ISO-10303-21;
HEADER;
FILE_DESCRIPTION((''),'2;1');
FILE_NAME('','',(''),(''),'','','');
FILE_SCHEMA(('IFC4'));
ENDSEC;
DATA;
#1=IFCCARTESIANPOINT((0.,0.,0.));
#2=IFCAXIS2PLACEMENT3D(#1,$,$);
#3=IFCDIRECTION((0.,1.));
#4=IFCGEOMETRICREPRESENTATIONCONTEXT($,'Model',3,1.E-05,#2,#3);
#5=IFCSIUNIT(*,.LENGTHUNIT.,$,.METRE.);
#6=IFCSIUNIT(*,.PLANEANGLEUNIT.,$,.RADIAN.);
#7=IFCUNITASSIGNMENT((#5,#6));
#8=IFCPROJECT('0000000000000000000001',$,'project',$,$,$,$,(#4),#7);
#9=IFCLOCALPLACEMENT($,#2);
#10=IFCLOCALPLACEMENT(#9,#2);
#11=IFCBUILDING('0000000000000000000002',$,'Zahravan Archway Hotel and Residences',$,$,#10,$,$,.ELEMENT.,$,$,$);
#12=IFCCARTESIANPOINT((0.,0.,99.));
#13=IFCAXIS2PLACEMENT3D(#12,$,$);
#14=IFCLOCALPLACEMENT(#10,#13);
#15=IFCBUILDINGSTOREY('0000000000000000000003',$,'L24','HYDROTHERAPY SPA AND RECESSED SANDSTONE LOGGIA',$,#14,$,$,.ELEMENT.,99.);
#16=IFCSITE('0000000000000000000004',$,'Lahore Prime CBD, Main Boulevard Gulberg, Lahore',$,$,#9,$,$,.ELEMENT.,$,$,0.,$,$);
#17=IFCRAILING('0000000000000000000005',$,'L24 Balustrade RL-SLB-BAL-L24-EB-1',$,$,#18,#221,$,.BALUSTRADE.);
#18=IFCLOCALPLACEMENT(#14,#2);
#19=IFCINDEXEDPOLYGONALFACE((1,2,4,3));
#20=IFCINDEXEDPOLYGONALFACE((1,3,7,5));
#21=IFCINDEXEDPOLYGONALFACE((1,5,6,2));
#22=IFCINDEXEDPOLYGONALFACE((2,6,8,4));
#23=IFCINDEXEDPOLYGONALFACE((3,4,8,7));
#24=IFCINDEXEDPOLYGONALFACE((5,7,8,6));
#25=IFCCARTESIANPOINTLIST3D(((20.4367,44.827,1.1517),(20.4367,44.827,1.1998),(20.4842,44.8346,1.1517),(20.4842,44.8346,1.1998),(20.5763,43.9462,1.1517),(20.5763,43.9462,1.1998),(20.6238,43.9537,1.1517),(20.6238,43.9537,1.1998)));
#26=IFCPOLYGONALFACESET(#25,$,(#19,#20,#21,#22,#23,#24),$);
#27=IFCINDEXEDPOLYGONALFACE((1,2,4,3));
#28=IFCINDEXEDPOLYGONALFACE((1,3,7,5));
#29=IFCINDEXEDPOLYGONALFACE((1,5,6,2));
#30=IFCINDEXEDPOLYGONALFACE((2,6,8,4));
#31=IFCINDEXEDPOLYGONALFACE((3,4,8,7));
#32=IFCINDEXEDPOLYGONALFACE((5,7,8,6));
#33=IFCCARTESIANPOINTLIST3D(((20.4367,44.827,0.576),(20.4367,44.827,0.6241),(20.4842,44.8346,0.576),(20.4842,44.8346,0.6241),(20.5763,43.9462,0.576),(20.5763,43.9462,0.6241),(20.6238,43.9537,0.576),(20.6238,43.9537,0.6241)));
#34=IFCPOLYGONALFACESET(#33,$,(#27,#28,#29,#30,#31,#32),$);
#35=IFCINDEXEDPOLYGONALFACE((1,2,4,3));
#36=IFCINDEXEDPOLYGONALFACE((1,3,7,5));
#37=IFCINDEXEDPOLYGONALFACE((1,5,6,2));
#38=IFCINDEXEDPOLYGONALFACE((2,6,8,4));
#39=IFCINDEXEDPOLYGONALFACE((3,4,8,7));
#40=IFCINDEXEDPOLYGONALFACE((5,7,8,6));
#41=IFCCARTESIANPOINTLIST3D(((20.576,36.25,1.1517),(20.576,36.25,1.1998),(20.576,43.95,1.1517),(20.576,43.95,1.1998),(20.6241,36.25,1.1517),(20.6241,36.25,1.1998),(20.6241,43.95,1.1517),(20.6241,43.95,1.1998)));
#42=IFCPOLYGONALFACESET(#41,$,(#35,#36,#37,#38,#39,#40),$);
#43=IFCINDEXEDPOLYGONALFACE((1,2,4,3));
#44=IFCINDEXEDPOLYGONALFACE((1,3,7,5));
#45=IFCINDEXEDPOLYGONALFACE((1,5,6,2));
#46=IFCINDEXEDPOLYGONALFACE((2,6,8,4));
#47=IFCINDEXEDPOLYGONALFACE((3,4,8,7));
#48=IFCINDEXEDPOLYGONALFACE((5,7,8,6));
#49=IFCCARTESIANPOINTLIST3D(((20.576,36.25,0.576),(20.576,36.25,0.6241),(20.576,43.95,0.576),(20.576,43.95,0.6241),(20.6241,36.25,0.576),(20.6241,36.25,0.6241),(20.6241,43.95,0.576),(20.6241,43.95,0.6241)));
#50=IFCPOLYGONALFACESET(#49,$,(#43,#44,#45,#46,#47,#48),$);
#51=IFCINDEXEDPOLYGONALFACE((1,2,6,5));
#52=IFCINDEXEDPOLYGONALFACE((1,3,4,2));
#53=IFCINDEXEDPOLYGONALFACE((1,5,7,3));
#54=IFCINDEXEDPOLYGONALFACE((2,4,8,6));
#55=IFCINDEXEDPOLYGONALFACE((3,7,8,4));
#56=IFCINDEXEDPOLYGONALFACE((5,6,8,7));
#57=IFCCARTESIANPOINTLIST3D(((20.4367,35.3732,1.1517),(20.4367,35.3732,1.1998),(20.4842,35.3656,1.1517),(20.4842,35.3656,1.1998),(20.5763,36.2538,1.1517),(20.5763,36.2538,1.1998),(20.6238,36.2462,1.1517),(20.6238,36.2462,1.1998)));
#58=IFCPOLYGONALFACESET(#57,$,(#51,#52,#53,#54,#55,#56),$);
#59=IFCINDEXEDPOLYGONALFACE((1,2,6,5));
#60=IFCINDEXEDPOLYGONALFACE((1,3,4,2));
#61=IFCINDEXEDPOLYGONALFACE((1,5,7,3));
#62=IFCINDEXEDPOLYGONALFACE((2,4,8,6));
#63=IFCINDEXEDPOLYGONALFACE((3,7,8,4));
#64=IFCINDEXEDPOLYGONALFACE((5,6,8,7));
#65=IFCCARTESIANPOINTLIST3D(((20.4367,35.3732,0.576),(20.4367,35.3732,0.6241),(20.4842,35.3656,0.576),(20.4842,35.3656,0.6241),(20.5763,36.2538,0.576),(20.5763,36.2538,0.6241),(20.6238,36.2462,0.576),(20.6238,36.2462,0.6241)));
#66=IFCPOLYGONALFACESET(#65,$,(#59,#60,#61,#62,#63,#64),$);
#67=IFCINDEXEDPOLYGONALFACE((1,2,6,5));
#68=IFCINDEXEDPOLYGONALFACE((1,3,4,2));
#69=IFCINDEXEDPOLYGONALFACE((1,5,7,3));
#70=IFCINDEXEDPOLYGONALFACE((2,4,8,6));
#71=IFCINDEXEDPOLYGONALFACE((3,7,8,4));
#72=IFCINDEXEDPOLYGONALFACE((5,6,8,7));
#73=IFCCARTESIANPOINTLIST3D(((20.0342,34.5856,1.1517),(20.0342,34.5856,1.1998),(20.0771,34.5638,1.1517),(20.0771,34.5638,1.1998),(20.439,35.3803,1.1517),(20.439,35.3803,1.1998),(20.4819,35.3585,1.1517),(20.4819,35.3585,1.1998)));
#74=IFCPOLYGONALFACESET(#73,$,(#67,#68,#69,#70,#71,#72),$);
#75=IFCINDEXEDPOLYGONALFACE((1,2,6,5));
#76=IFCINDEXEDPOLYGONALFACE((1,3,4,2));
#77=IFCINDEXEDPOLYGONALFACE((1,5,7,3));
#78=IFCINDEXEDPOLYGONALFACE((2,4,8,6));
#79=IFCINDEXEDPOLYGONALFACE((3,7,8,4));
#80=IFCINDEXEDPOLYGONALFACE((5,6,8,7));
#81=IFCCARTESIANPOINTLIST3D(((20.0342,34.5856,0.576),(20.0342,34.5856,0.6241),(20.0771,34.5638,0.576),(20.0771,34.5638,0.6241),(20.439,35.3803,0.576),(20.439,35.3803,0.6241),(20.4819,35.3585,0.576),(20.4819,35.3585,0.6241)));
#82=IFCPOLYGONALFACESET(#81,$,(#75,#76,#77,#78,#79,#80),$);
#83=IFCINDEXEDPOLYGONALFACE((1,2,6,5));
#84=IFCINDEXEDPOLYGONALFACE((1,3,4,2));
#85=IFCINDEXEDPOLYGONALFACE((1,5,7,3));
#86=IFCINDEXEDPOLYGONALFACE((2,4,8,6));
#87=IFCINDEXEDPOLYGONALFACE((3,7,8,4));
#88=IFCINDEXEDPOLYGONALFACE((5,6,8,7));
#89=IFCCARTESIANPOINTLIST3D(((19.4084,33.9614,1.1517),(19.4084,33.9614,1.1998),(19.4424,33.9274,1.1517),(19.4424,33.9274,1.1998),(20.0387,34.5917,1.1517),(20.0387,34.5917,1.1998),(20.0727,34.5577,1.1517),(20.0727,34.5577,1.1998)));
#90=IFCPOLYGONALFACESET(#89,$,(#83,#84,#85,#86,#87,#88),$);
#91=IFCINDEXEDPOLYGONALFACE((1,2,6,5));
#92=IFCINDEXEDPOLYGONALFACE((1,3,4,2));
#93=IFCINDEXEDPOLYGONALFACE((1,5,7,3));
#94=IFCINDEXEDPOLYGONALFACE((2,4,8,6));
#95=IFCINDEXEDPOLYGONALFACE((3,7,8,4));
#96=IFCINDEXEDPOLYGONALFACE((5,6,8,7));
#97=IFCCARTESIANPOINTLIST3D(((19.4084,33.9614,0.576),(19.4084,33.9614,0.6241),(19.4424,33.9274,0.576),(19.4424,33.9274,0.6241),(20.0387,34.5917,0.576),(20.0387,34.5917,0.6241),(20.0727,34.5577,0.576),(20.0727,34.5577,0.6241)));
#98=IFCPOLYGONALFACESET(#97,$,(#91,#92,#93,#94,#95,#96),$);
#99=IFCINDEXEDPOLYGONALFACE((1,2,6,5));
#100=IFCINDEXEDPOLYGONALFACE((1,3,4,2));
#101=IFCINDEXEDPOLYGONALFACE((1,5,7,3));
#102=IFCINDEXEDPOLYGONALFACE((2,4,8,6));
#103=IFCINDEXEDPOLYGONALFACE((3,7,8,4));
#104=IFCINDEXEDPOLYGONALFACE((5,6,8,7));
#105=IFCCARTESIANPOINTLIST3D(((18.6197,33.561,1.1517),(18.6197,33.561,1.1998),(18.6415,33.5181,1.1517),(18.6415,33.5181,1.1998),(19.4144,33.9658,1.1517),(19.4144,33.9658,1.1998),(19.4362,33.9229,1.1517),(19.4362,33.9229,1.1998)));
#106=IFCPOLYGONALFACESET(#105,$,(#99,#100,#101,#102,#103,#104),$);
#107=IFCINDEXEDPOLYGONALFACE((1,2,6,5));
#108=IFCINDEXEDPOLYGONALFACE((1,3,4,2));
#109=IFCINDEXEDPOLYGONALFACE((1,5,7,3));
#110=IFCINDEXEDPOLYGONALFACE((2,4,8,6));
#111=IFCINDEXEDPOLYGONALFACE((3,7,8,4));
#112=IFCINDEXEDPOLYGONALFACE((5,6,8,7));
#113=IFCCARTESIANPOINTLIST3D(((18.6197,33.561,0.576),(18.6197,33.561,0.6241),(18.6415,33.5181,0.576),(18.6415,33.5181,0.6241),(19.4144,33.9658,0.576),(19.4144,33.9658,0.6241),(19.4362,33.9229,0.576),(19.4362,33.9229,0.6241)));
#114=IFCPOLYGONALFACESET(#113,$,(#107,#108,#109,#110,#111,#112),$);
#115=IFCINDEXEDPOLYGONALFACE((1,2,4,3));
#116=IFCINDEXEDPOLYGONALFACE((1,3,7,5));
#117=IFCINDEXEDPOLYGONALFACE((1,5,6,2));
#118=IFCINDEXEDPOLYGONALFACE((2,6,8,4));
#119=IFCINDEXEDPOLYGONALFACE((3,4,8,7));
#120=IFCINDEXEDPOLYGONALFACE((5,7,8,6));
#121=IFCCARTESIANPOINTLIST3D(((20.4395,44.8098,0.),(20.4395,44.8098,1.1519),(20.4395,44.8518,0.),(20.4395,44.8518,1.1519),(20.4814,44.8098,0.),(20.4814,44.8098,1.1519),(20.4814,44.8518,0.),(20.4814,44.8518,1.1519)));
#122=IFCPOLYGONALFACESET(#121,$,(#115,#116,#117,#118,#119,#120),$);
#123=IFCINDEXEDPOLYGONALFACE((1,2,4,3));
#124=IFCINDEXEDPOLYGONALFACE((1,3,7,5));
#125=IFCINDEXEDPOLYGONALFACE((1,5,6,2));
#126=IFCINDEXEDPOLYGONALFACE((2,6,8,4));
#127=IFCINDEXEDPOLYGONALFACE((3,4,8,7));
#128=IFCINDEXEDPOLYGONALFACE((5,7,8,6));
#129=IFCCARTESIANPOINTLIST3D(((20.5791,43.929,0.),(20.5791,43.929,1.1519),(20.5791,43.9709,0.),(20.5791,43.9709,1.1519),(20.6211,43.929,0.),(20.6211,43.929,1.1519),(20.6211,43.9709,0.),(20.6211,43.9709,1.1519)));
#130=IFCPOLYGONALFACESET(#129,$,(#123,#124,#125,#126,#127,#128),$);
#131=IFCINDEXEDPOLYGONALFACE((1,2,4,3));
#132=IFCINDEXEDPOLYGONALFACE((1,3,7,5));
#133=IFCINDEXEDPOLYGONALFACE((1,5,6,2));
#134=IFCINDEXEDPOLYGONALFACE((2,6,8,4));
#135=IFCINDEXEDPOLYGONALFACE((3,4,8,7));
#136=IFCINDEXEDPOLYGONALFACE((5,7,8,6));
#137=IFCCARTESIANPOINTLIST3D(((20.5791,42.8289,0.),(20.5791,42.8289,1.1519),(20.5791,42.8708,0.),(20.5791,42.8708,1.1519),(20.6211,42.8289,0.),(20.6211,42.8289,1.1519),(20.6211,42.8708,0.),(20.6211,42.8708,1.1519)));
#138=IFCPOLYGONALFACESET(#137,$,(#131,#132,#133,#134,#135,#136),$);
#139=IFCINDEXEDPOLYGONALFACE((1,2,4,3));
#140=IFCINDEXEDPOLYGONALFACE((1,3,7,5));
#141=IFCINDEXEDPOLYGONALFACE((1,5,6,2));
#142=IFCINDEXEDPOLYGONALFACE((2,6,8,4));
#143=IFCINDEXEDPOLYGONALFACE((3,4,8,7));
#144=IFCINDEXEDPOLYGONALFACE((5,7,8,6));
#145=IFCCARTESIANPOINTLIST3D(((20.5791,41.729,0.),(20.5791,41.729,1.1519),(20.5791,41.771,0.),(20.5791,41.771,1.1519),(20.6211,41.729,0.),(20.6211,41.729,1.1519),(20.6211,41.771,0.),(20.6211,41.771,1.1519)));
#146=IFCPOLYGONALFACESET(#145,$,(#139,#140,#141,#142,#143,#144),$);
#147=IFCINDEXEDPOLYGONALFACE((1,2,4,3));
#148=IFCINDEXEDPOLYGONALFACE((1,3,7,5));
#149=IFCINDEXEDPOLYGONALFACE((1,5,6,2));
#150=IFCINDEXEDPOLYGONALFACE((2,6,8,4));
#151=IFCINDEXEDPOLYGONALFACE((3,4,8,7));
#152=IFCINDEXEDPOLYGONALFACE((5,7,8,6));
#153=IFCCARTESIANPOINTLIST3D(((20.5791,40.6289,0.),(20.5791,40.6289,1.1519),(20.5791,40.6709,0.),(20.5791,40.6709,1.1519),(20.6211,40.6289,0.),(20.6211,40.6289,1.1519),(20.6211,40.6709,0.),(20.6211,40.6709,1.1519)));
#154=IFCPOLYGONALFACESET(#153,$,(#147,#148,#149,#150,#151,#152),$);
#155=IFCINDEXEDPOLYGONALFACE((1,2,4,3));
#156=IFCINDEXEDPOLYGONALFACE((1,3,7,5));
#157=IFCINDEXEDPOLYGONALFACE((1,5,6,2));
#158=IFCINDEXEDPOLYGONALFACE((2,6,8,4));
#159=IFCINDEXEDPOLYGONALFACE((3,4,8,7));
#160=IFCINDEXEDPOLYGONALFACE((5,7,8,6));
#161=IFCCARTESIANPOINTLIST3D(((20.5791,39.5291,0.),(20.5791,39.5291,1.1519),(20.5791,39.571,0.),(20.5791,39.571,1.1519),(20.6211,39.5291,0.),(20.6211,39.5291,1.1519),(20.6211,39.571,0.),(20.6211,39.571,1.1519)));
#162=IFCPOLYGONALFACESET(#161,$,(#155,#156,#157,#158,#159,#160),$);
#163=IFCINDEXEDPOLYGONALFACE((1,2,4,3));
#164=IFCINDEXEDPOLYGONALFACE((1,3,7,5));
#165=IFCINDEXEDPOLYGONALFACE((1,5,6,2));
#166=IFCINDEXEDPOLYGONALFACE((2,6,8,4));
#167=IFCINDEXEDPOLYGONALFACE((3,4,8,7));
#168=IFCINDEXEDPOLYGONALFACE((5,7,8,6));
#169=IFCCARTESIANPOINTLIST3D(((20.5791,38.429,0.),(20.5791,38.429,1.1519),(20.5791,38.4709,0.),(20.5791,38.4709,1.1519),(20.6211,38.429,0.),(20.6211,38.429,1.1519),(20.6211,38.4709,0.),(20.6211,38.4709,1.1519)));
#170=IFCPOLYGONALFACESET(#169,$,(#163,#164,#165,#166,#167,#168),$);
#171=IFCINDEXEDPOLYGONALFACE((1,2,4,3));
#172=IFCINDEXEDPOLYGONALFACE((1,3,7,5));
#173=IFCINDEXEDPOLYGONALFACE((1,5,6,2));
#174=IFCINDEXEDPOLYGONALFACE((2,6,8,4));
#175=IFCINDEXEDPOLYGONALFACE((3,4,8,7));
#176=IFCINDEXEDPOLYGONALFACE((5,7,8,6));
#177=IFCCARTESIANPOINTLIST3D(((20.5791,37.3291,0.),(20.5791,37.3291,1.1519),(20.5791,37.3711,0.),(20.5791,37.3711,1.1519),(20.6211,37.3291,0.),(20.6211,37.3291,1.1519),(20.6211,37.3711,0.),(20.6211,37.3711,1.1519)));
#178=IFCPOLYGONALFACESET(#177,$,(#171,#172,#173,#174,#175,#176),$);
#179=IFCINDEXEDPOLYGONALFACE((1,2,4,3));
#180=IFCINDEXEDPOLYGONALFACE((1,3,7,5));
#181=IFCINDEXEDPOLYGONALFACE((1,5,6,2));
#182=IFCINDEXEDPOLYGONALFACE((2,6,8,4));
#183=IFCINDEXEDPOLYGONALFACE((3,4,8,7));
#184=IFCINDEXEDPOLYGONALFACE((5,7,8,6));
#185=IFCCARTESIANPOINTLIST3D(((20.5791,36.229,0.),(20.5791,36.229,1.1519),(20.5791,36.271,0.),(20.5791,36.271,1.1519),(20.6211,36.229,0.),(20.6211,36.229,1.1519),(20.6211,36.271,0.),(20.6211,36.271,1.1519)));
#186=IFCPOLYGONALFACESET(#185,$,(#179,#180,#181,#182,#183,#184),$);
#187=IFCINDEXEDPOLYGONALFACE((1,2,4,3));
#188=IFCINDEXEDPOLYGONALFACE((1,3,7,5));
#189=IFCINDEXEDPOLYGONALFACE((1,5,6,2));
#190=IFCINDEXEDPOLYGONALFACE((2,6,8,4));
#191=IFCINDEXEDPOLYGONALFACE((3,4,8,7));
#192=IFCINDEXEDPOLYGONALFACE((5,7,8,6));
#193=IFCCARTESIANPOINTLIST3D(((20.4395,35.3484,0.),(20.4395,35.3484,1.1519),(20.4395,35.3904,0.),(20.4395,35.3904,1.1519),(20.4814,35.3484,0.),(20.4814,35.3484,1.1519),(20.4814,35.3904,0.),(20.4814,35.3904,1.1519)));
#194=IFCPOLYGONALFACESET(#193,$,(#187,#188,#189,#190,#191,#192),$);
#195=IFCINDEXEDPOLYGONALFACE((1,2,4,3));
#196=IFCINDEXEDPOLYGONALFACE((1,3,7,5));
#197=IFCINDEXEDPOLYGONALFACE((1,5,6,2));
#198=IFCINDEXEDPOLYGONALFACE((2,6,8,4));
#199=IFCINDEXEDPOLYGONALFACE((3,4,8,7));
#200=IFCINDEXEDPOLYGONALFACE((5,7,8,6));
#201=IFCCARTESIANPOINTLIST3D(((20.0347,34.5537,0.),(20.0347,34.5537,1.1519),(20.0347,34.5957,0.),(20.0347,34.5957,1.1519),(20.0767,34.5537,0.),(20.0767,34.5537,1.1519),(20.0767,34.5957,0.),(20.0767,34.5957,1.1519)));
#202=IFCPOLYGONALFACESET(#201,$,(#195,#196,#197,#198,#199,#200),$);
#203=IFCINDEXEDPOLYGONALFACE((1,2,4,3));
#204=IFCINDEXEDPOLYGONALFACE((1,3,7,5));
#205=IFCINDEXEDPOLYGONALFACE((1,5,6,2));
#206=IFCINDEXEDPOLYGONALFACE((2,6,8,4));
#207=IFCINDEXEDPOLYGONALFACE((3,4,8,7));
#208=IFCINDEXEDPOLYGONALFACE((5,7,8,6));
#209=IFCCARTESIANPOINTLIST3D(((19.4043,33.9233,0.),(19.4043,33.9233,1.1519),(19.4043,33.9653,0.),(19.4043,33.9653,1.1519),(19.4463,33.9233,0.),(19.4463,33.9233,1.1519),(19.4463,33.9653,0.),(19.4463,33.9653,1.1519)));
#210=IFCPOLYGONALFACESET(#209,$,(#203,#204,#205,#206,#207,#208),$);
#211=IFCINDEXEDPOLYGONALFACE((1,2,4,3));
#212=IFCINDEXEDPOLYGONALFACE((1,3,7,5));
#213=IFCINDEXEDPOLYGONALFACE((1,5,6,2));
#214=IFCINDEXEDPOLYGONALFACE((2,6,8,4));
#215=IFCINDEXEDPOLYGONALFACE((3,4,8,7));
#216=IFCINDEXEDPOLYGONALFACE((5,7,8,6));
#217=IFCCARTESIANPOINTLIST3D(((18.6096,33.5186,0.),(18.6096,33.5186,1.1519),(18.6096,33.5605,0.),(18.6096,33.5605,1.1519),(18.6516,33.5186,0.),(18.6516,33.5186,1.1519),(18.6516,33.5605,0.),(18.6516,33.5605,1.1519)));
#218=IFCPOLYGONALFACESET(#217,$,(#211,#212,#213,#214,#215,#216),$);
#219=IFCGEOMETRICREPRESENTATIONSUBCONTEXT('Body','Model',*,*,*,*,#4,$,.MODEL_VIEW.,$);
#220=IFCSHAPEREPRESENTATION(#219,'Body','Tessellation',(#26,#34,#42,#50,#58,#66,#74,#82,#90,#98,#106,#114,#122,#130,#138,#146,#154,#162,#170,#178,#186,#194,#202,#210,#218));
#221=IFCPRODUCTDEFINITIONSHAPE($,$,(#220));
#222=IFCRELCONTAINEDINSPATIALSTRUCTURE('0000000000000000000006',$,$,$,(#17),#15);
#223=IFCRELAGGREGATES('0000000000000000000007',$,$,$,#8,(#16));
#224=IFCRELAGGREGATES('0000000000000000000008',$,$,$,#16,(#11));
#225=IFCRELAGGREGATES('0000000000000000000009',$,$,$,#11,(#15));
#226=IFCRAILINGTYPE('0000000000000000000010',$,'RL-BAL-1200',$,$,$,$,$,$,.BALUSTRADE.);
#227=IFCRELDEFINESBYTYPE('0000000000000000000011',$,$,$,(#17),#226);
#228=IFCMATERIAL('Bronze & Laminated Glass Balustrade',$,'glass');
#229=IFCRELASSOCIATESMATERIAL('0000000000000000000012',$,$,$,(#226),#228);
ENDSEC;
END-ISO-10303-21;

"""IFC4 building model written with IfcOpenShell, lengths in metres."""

from ifc_helpers import new_model, si_unit, direction, frame, origin, origin_2d, place, context, subcontext, project, spatial, rectangle, extrude, material, type_object, element, save


model = new_model("IFC4")

# Units and contexts
model_context = context("Model", 3, precision=1e-05, world=origin(), true_north=direction((0.0, 1.0)))
body_context = subcontext(model_context, "Body", "Model", "MODEL_VIEW")
ifc_project = project(units=[si_unit("LENGTHUNIT", "METRE"), si_unit("PLANEANGLEUNIT", "RADIAN")], contexts=[model_context])

# Site, building, storey
site_placement = place(None, origin())
site = spatial("IfcSite", under=ifc_project, at=site_placement, Name="Lahore Prime CBD, Main Boulevard Gulberg, Lahore", CompositionType="ELEMENT", RefElevation=0.0)
building_placement = place(site_placement, origin())
building = spatial("IfcBuilding", under=site, at=building_placement, Name="Zahravan Archway Hotel and Residences", CompositionType="ELEMENT")
storey_placement = place(building_placement, frame((0.0, 0.0, 99.0)))
storey = spatial("IfcBuildingStorey", under=building, at=storey_placement, Name="L24", Description="HYDROTHERAPY SPA AND RECESSED SANDSTONE LOGGIA", CompositionType="ELEMENT", Elevation=99.0)

# Railing
ifc_material_1 = material(Name="Bronze & Laminated Glass Balustrade", Category="glass")
railing_type = type_object("IfcRailingType", Name="RL-BAL-1200", PredefinedType="BALUSTRADE", material=ifc_material_1)
railing_placement = place(storey_placement, frame((20.4604, 44.8308, 0.0)))
element("IfcRailing", 1, at=railing_placement, inside=storey, type_object=railing_type, Name="L24 Balustrade RL-SLB-BAL-L24-EB-1", PredefinedType="BALUSTRADE", context=body_context, shape_type="SweptSolid", body=[
    extrude(rectangle(XDim=0.0481, YDim=0.0481, at=origin_2d()), frame((0.0, 0.0, 1.1758), z_axis=(0.156581, -0.987665, 0.0), x_axis=(0.987665, 0.156581, 0.0)), (0.0, 0.0, 1.0), 0.8918),
    extrude(rectangle(XDim=0.0481, YDim=0.0481, at=origin_2d()), frame((0.0, 0.0, 0.6001), z_axis=(0.156581, -0.987665, 0.0), x_axis=(0.987665, 0.156581, 0.0)), (0.0, 0.0, 1.0), 0.8918),
    extrude(rectangle(XDim=0.0481, YDim=0.0481, at=origin_2d()), frame((0.1396, -0.8809, 1.1758), z_axis=(0.0, -1.0, 0.0), x_axis=(1.0, 0.0, 0.0)), (0.0, 0.0, 1.0), 7.7),
    extrude(rectangle(XDim=0.0481, YDim=0.0481, at=origin_2d()), frame((0.1396, -0.8809, 0.6001), z_axis=(0.0, -1.0, 0.0), x_axis=(1.0, 0.0, 0.0)), (0.0, 0.0, 1.0), 7.7),
    extrude(rectangle(XDim=0.0481, YDim=0.0481, at=origin_2d()), frame((0.1396, -8.5808, 1.1758), z_axis=(-0.156623, -0.987658, 0.0), x_axis=(0.987658, -0.156623, 0.0)), (0.0, 0.0, 1.0), 0.8916),
    extrude(rectangle(XDim=0.0481, YDim=0.0481, at=origin_2d()), frame((0.1396, -8.5808, 0.6001), z_axis=(-0.156623, -0.987658, 0.0), x_axis=(0.987658, -0.156623, 0.0)), (0.0, 0.0, 1.0), 0.8916),
    extrude(rectangle(XDim=0.0481, YDim=0.0481, at=origin_2d()), frame((0.0, -9.4614, 1.1758), z_axis=(-0.453881, -0.891062, 0.0), x_axis=(0.891062, -0.453881, 0.0)), (0.0, 0.0, 1.0), 0.8918),
    extrude(rectangle(XDim=0.0481, YDim=0.0481, at=origin_2d()), frame((0.0, -9.4614, 0.6001), z_axis=(-0.453881, -0.891062, 0.0), x_axis=(0.891062, -0.453881, 0.0)), (0.0, 0.0, 1.0), 0.8918),
    extrude(rectangle(XDim=0.0481, YDim=0.0481, at=origin_2d()), frame((-0.4048, -10.2561, 1.1758), z_axis=(-0.707107, -0.707107, 0.0), x_axis=(0.707107, -0.707107, 0.0)), (0.0, 0.0, 1.0), 0.8914),
    extrude(rectangle(XDim=0.0481, YDim=0.0481, at=origin_2d()), frame((-0.4048, -10.2561, 0.6001), z_axis=(-0.707107, -0.707107, 0.0), x_axis=(0.707107, -0.707107, 0.0)), (0.0, 0.0, 1.0), 0.8914),
    extrude(rectangle(XDim=0.0481, YDim=0.0481, at=origin_2d()), frame((-1.0352, -10.8865, 1.1758), z_axis=(-0.891062, -0.453881, 0.0), x_axis=(0.453881, -0.891062, 0.0)), (0.0, 0.0, 1.0), 0.8918),
    extrude(rectangle(XDim=0.0481, YDim=0.0481, at=origin_2d()), frame((-1.0352, -10.8865, 0.6001), z_axis=(-0.891062, -0.453881, 0.0), x_axis=(0.453881, -0.891062, 0.0)), (0.0, 0.0, 1.0), 0.8918),
    extrude(rectangle(XDim=0.042, YDim=0.042, at=origin_2d()), origin(), (0.0, 0.0, 1.0), 1.1519),
    extrude(rectangle(XDim=0.042, YDim=0.042, at=origin_2d()), frame((0.1396, -0.8809, 0.0)), (0.0, 0.0, 1.0), 1.1519),
    extrude(rectangle(XDim=0.042, YDim=0.042, at=origin_2d()), frame((0.1396, -1.981, 0.0)), (0.0, 0.0, 1.0), 1.1519),
    extrude(rectangle(XDim=0.042, YDim=0.042, at=origin_2d()), frame((0.1396, -3.0808, 0.0)), (0.0, 0.0, 1.0), 1.1519),
    extrude(rectangle(XDim=0.042, YDim=0.042, at=origin_2d()), frame((0.1396, -4.1809, 0.0)), (0.0, 0.0, 1.0), 1.1519),
    extrude(rectangle(XDim=0.042, YDim=0.042, at=origin_2d()), frame((0.1396, -5.2808, 0.0)), (0.0, 0.0, 1.0), 1.1519),
    extrude(rectangle(XDim=0.042, YDim=0.042, at=origin_2d()), frame((0.1396, -6.3809, 0.0)), (0.0, 0.0, 1.0), 1.1519),
    extrude(rectangle(XDim=0.042, YDim=0.042, at=origin_2d()), frame((0.1396, -7.4807, 0.0)), (0.0, 0.0, 1.0), 1.1519),
    extrude(rectangle(XDim=0.042, YDim=0.042, at=origin_2d()), frame((0.1396, -8.5808, 0.0)), (0.0, 0.0, 1.0), 1.1519),
    extrude(rectangle(XDim=0.042, YDim=0.042, at=origin_2d()), frame((0.0, -9.4614, 0.0)), (0.0, 0.0, 1.0), 1.1519),
    extrude(rectangle(XDim=0.042, YDim=0.042, at=origin_2d()), frame((-0.4048, -10.2561, 0.0)), (0.0, 0.0, 1.0), 1.1519),
    extrude(rectangle(XDim=0.042, YDim=0.042, at=origin_2d()), frame((-1.0352, -10.8865, 0.0)), (0.0, 0.0, 1.0), 1.1519),
    extrude(rectangle(XDim=0.042, YDim=0.042, at=origin_2d()), frame((-1.8298, -11.2913, 0.0)), (0.0, 0.0, 1.0), 1.1519),
])

save(model, "model.ifc")
